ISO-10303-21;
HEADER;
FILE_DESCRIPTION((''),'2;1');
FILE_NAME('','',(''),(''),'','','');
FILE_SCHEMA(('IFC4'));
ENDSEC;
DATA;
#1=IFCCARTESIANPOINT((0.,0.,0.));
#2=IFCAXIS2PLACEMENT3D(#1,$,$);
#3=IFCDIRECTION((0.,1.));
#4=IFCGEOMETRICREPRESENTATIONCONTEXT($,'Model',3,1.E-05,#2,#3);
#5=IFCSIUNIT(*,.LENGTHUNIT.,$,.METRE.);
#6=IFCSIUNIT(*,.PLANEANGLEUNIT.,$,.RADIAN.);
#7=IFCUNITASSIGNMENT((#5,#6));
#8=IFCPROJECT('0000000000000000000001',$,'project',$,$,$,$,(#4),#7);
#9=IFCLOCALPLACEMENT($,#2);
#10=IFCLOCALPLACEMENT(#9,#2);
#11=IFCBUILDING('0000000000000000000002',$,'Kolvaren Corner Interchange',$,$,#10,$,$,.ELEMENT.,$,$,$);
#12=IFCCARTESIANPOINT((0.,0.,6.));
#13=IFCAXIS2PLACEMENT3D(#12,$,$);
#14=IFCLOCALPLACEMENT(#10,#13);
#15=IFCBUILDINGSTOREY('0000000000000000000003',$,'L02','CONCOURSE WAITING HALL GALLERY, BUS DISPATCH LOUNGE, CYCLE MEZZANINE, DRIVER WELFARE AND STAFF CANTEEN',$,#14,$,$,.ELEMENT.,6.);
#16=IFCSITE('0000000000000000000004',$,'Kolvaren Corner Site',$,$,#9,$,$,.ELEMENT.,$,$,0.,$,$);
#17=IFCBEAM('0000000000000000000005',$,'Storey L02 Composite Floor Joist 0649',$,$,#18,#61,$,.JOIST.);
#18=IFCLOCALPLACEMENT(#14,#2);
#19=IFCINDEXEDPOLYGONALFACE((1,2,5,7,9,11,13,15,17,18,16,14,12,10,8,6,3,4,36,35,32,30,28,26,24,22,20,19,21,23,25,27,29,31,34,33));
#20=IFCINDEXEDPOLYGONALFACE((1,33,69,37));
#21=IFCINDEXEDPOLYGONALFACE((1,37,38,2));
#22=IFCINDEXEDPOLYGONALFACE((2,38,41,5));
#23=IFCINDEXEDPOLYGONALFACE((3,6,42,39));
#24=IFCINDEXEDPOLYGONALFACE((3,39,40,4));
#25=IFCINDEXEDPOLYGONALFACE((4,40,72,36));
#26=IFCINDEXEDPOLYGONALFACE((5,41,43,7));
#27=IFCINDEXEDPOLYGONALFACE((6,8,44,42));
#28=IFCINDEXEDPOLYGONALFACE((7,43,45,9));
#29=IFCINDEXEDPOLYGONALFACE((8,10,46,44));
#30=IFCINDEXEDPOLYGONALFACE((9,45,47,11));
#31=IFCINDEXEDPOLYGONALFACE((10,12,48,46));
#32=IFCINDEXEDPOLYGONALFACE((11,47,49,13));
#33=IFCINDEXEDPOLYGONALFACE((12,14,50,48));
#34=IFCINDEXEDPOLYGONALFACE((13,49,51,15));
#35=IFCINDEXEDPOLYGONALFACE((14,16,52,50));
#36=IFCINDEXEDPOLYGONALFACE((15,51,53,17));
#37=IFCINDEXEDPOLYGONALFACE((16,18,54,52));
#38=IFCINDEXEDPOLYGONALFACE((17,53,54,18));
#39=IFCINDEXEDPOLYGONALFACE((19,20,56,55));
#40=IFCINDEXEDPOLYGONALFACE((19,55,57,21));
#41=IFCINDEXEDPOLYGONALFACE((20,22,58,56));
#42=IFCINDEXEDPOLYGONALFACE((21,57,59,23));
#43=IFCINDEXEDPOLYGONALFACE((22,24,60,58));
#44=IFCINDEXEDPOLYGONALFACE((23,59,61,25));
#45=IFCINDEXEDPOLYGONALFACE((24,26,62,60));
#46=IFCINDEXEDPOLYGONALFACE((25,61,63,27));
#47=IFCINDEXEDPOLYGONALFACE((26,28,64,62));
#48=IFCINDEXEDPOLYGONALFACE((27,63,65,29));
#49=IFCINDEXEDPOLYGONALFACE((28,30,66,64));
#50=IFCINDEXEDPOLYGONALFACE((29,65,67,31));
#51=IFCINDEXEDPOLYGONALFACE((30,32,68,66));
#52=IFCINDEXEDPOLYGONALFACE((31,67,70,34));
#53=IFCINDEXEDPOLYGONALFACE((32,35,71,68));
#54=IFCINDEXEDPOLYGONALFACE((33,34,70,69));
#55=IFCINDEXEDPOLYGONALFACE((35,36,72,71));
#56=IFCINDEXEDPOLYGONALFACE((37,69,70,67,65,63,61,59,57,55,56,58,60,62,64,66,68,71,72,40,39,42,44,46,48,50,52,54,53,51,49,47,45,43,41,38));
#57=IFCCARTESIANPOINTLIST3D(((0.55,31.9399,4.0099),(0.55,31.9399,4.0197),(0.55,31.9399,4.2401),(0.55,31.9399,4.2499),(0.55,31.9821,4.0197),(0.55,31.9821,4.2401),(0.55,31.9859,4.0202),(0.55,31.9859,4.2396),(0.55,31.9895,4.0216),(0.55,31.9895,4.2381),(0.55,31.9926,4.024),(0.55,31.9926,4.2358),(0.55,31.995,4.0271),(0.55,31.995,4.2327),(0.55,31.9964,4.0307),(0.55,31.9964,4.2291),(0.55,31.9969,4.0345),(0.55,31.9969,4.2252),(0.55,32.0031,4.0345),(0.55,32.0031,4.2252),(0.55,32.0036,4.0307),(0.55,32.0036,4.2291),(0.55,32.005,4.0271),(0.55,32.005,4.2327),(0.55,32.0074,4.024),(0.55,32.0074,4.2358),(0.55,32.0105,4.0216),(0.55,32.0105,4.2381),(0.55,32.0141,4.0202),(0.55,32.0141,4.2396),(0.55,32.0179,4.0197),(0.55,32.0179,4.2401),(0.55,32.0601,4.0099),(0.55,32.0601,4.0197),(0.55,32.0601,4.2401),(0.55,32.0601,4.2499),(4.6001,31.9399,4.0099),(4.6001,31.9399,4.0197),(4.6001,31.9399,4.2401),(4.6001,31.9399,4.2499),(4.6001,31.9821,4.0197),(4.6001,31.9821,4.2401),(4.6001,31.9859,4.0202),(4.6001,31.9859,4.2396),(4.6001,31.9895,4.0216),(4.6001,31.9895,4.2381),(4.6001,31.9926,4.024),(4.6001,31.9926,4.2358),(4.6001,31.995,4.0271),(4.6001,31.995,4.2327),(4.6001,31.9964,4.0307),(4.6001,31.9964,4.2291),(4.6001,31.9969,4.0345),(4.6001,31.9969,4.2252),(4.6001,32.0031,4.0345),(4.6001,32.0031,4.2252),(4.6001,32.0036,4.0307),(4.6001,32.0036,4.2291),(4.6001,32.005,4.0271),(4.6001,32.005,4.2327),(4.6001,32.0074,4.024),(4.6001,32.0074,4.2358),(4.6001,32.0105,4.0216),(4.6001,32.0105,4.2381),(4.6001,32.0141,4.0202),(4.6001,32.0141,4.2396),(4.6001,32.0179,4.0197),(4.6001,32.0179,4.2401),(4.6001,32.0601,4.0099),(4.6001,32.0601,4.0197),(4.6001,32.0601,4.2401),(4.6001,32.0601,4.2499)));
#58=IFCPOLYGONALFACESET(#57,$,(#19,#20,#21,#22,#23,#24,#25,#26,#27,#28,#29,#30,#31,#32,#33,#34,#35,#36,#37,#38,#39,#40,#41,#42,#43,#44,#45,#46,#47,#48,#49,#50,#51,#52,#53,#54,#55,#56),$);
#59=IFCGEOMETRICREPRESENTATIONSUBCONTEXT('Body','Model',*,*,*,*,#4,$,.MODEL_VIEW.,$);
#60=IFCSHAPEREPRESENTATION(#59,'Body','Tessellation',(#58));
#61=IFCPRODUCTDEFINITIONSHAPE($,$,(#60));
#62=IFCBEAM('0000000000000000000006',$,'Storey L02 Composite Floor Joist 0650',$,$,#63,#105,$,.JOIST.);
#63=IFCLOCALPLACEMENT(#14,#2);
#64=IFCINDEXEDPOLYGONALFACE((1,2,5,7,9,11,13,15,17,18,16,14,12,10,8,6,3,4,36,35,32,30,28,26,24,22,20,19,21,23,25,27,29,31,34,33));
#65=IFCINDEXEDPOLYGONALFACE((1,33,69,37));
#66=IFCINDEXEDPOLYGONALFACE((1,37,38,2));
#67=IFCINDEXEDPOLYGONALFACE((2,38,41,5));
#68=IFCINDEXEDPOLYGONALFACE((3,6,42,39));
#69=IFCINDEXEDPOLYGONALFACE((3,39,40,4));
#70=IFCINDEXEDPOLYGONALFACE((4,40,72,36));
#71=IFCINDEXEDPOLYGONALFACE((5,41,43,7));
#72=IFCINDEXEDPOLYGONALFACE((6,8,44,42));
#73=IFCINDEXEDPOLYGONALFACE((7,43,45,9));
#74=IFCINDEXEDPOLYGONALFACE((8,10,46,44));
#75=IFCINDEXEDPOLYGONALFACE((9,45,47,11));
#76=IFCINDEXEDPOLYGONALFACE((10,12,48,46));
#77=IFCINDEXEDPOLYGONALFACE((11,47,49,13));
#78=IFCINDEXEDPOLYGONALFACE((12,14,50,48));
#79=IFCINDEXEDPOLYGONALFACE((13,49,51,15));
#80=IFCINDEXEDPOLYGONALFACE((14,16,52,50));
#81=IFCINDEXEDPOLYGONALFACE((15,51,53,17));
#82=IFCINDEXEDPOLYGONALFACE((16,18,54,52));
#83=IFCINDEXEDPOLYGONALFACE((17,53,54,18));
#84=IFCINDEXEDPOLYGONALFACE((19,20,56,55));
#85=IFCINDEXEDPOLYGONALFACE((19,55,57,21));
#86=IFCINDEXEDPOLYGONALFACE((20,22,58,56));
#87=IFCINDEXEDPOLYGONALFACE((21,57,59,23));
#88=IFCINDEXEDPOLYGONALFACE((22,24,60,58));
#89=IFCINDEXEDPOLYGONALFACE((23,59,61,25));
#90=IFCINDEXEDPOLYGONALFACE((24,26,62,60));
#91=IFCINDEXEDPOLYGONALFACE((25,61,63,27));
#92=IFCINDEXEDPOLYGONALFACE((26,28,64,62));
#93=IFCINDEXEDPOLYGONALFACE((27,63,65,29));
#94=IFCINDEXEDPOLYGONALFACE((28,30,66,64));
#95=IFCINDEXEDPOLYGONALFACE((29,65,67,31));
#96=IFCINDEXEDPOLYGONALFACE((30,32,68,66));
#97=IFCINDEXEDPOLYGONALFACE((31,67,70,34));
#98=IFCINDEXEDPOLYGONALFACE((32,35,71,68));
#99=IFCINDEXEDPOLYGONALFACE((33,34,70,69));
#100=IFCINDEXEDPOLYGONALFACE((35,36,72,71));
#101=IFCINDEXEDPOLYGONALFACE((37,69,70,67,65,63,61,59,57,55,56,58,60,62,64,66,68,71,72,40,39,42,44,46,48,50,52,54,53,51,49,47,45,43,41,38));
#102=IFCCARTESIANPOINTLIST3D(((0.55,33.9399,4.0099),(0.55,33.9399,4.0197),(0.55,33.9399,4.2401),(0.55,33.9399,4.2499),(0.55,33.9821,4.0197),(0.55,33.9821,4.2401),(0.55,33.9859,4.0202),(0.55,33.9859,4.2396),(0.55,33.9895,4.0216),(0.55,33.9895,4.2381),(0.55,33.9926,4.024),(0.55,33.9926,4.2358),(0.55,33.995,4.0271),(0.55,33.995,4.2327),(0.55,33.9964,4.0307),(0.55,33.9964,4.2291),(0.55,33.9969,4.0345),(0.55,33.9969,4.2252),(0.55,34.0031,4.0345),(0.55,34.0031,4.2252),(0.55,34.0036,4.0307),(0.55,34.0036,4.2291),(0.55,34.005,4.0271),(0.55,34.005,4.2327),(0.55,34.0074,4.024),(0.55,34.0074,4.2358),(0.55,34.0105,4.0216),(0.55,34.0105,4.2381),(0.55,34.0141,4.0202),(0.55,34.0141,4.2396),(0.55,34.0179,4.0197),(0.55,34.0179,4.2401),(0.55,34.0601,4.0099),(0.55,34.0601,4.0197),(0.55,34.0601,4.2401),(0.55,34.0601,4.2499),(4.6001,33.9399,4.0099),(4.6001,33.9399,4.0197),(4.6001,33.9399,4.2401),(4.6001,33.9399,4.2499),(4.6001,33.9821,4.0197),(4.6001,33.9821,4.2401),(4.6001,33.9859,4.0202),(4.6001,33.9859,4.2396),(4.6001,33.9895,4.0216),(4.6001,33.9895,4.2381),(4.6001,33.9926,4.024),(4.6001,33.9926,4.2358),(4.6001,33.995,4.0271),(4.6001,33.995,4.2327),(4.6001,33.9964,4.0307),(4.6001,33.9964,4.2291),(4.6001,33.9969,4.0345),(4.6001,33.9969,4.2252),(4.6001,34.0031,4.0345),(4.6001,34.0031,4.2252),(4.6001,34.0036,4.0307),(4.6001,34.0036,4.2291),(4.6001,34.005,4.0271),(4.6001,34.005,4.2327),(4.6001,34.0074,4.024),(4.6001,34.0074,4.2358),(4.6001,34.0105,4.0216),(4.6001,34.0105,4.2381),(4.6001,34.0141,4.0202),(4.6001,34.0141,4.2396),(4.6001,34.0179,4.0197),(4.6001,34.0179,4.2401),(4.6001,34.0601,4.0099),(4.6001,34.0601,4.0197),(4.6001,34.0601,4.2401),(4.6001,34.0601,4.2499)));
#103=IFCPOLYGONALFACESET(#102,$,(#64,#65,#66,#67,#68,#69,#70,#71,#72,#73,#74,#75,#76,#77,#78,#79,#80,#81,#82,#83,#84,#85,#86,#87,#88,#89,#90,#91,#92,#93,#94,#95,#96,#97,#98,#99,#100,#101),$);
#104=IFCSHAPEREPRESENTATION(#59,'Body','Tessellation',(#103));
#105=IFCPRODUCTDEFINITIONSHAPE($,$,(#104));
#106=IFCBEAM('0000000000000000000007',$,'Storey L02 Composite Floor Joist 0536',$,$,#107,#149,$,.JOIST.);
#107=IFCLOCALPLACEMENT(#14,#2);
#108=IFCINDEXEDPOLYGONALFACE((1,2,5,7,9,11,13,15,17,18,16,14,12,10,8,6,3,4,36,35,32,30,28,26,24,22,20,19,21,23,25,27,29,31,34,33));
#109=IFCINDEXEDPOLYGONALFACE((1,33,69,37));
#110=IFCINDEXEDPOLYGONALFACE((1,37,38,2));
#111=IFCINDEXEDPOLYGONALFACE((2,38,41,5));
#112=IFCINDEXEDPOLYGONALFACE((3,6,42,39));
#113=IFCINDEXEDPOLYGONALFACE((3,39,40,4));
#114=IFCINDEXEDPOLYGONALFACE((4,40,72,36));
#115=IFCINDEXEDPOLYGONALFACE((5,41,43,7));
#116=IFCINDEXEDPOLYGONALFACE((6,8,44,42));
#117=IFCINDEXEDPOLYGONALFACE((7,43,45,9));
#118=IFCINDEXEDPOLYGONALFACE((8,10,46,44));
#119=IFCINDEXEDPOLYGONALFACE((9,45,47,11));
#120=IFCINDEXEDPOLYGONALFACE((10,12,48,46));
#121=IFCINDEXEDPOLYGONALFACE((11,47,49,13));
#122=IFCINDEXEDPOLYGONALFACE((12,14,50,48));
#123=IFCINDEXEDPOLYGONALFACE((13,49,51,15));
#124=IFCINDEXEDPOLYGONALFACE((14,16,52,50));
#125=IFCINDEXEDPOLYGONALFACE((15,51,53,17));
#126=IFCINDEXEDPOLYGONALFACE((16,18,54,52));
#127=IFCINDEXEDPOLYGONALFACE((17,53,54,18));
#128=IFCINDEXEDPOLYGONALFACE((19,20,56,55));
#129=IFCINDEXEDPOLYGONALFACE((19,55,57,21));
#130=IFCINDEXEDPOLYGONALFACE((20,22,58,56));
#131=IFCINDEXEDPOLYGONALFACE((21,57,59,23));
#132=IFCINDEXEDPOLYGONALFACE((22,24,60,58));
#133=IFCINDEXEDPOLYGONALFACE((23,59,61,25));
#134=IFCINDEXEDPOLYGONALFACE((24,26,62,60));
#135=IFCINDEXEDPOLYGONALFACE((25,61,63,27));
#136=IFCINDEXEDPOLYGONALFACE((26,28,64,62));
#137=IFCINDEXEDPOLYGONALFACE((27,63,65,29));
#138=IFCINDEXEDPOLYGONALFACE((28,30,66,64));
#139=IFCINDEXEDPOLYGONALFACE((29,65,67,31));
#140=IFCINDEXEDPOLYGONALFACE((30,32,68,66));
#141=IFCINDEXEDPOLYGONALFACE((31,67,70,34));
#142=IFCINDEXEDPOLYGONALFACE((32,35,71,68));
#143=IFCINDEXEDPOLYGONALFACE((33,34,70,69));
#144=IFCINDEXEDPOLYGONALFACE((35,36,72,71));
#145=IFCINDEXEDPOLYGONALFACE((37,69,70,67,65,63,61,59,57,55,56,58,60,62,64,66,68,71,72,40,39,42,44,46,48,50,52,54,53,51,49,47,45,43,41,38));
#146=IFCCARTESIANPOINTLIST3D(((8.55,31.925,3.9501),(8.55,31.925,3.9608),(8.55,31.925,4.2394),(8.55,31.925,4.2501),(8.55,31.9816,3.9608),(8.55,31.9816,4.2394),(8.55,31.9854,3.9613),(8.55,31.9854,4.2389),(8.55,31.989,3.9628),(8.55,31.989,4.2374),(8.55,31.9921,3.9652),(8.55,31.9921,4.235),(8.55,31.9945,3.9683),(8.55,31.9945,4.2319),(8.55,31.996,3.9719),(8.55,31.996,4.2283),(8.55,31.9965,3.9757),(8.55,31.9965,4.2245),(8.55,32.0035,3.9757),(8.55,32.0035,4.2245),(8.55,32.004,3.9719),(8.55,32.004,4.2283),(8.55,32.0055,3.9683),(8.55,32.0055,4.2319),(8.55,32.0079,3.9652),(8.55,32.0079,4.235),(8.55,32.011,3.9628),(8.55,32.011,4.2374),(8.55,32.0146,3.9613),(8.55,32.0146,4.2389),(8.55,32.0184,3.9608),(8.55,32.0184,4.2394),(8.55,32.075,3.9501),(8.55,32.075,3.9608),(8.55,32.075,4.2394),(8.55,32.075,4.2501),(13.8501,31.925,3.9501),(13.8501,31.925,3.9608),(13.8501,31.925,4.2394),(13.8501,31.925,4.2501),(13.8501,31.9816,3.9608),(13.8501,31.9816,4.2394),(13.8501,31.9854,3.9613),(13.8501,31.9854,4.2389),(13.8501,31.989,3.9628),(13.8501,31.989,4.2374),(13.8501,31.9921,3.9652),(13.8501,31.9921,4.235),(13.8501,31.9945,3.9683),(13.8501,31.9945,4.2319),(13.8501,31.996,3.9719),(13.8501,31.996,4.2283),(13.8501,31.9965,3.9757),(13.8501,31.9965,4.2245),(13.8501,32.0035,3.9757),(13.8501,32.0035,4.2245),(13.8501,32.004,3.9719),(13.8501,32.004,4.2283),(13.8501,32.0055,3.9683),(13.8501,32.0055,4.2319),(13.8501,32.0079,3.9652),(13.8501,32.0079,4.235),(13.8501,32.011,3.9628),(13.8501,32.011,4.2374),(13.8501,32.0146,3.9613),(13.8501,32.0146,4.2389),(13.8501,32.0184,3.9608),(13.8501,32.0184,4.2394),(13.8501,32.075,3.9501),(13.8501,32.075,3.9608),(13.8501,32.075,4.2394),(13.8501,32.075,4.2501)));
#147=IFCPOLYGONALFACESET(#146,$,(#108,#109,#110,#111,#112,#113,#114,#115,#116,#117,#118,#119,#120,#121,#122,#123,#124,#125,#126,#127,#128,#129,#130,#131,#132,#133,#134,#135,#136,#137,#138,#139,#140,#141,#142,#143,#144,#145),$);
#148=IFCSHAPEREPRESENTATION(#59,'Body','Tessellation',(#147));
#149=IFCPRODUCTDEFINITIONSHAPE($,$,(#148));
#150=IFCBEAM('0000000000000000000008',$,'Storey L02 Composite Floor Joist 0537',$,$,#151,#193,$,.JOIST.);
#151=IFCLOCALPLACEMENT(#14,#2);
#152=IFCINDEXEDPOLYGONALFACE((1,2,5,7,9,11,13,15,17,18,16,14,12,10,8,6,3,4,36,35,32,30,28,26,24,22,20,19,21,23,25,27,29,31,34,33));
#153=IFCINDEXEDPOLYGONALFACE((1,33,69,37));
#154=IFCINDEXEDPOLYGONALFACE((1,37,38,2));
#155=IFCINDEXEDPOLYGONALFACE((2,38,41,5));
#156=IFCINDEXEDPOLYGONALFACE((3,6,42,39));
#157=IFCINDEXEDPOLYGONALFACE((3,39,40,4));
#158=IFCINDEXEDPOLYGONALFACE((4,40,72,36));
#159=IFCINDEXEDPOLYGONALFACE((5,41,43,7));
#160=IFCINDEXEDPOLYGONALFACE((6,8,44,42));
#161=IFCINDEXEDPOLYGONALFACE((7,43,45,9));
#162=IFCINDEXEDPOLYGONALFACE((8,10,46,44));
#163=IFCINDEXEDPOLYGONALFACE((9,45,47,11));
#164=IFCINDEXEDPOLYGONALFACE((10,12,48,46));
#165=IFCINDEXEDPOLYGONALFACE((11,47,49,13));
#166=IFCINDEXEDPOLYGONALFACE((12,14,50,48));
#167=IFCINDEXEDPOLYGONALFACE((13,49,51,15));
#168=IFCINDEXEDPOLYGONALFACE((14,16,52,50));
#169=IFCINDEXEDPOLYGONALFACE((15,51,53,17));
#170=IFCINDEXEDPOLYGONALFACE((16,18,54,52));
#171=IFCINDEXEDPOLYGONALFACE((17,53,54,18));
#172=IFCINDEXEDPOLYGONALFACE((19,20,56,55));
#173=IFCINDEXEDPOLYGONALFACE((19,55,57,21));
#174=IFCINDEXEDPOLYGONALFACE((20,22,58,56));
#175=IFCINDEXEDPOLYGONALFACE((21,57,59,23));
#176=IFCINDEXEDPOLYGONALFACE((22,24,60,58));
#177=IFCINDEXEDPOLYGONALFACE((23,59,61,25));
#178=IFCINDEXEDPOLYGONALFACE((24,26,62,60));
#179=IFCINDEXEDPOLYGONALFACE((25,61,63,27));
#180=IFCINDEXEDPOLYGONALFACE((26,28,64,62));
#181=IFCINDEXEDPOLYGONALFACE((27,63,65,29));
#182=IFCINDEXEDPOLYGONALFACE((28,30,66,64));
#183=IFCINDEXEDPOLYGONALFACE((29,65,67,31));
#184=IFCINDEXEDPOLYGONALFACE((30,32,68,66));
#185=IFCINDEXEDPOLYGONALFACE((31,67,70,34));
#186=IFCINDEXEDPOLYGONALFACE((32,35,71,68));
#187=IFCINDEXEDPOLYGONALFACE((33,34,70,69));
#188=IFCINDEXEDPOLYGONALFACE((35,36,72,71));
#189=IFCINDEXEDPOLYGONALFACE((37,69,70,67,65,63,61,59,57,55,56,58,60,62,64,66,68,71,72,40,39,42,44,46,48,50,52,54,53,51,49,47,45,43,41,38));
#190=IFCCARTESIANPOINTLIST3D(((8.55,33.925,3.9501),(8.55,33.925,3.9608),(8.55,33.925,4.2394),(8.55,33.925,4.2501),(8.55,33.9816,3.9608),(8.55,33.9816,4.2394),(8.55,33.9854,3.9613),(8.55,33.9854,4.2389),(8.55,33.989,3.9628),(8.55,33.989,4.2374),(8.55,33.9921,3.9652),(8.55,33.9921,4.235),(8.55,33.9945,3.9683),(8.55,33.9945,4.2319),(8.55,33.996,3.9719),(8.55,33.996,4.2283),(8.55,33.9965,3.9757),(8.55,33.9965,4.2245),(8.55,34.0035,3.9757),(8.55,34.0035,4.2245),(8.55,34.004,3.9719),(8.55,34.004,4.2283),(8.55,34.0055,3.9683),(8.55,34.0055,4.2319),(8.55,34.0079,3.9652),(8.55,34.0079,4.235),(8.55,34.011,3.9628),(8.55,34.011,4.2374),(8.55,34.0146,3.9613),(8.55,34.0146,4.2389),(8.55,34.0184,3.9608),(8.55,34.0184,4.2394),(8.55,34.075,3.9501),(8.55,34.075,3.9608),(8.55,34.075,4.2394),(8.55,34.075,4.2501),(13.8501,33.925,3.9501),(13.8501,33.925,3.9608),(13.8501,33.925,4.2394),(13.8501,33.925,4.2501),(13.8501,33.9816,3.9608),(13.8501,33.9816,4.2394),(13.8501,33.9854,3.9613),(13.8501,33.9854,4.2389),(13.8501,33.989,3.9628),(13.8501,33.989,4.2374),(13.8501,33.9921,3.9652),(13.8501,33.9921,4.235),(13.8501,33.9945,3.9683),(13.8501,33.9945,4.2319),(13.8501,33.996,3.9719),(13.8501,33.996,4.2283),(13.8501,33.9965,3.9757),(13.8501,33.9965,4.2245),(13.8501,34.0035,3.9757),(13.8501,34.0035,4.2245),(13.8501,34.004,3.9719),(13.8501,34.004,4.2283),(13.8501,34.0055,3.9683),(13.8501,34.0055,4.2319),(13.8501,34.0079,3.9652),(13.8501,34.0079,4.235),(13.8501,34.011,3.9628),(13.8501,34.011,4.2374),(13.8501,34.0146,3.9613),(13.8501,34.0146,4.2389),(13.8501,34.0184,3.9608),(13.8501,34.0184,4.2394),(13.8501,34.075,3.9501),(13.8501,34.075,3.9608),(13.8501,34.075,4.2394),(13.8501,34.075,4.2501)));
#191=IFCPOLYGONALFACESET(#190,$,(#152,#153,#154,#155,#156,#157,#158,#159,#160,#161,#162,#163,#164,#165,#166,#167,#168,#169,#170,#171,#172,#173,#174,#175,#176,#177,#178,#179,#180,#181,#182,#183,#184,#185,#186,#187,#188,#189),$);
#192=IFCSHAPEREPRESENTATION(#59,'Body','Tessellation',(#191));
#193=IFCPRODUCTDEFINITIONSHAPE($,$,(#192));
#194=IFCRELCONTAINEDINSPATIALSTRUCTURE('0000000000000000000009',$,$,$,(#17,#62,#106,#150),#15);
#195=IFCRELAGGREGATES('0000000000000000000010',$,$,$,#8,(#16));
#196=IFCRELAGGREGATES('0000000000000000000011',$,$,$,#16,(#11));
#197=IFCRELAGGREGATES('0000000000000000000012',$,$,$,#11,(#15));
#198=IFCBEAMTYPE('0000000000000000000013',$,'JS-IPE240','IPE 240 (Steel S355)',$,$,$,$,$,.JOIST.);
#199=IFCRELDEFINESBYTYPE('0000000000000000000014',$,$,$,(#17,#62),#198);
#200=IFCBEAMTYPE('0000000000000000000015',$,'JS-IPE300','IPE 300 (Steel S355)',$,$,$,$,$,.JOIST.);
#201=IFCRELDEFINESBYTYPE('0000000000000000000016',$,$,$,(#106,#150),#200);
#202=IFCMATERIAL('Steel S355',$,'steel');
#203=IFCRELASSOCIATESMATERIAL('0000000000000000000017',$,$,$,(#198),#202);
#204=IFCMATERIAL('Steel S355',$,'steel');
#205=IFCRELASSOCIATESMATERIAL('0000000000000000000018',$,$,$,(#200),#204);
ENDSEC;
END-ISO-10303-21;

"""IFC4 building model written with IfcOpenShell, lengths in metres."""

from ifc_helpers import new_model, si_unit, direction, frame, origin, origin_2d, place, context, subcontext, project, spatial, i_section, extrude, material, material_profile, profile_set, type_object, element, save


model = new_model("IFC4")

# Units and contexts
model_context = context("Model", 3, precision=1e-05, world=origin(), true_north=direction((0.0, 1.0)))
body_context = subcontext(model_context, "Body", "Model", "MODEL_VIEW")
ifc_project = project(units=[si_unit("LENGTHUNIT", "METRE"), si_unit("PLANEANGLEUNIT", "RADIAN")], contexts=[model_context])

# Site, building, storey
site_placement = place(None, origin())
site = spatial("IfcSite", under=ifc_project, at=site_placement, Name="Kolvaren Corner Site", CompositionType="ELEMENT", RefElevation=0.0)
building_placement = place(site_placement, origin())
building = spatial("IfcBuilding", under=site, at=building_placement, Name="Kolvaren Corner Interchange", CompositionType="ELEMENT")
storey_placement = place(building_placement, frame((0.0, 0.0, 6.0)))
storey = spatial("IfcBuildingStorey", under=building, at=storey_placement, Name="L02", Description="CONCOURSE WAITING HALL GALLERY, BUS DISPATCH LOUNGE, CYCLE MEZZANINE, DRIVER WELFARE AND STAFF CANTEEN", CompositionType="ELEMENT", Elevation=6.0)

# Beams
ifc_material_1 = material(Name="Steel S355", Category="steel")
ifc_material_profile_1 = material_profile(ifc_material_1, i_section(OverallWidth=0.1201, OverallDepth=0.24, WebThickness=0.0061, FlangeThickness=0.0098, FilletRadius=0.0149, at=origin_2d()), Name="IPE 240")
ifc_profile_set_1 = profile_set([ifc_material_profile_1], Name="Steel S355")
beam_type_1 = type_object("IfcBeamType", Name="JS-IPE240", Description="IPE 240 (Steel S355)", PredefinedType="JOIST", material=ifc_profile_set_1)
for number, where, z_axis, x_axis, name in (
    (1, (0.55, 32.0, 4.1299), (1.0, 0.0, 0.0), (0.0, 1.0, 0.0), "Storey L02 Composite Floor Joist 0649"),
    (2, (0.55, 34.0, 4.1299), (1.0, 0.0, 0.0), (0.0, 1.0, 0.0), "Storey L02 Composite Floor Joist 0650"),
):
    element("IfcBeam", number, at=place(storey_placement, frame(where, z_axis=z_axis, x_axis=x_axis)), inside=storey, type_object=beam_type_1, Name=name, PredefinedType="JOIST", context=body_context, shape_type="SweptSolid", body=[
        extrude(i_section(OverallWidth=0.1201, OverallDepth=0.24, WebThickness=0.0061, FlangeThickness=0.0098, FilletRadius=0.0149, at=origin_2d()), origin(), (0.0, 0.0, 1.0), 4.05),
    ])
ifc_material_2 = material(Name="Steel S355", Category="steel")
ifc_material_profile_2 = material_profile(ifc_material_2, i_section(OverallWidth=0.1499, OverallDepth=0.3, WebThickness=0.0071, FlangeThickness=0.0107, FilletRadius=0.0149, at=origin_2d()), Name="IPE 300")
ifc_profile_set_2 = profile_set([ifc_material_profile_2], Name="Steel S355")
beam_type_2 = type_object("IfcBeamType", Name="JS-IPE300", Description="IPE 300 (Steel S355)", PredefinedType="JOIST", material=ifc_profile_set_2)
for number, where, z_axis, x_axis, name in (
    (3, (8.55, 32.0, 4.1001), (1.0, 0.0, 0.0), (0.0, 1.0, 0.0), "Storey L02 Composite Floor Joist 0536"),
    (4, (8.55, 34.0, 4.1001), (1.0, 0.0, 0.0), (0.0, 1.0, 0.0), "Storey L02 Composite Floor Joist 0537"),
):
    element("IfcBeam", number, at=place(storey_placement, frame(where, z_axis=z_axis, x_axis=x_axis)), inside=storey, type_object=beam_type_2, Name=name, PredefinedType="JOIST", context=body_context, shape_type="SweptSolid", body=[
        extrude(i_section(OverallWidth=0.1499, OverallDepth=0.3, WebThickness=0.0071, FlangeThickness=0.0107, FilletRadius=0.0149, at=origin_2d()), origin(), (0.0, 0.0, 1.0), 5.3),
    ])

save(model, "model.ifc")
